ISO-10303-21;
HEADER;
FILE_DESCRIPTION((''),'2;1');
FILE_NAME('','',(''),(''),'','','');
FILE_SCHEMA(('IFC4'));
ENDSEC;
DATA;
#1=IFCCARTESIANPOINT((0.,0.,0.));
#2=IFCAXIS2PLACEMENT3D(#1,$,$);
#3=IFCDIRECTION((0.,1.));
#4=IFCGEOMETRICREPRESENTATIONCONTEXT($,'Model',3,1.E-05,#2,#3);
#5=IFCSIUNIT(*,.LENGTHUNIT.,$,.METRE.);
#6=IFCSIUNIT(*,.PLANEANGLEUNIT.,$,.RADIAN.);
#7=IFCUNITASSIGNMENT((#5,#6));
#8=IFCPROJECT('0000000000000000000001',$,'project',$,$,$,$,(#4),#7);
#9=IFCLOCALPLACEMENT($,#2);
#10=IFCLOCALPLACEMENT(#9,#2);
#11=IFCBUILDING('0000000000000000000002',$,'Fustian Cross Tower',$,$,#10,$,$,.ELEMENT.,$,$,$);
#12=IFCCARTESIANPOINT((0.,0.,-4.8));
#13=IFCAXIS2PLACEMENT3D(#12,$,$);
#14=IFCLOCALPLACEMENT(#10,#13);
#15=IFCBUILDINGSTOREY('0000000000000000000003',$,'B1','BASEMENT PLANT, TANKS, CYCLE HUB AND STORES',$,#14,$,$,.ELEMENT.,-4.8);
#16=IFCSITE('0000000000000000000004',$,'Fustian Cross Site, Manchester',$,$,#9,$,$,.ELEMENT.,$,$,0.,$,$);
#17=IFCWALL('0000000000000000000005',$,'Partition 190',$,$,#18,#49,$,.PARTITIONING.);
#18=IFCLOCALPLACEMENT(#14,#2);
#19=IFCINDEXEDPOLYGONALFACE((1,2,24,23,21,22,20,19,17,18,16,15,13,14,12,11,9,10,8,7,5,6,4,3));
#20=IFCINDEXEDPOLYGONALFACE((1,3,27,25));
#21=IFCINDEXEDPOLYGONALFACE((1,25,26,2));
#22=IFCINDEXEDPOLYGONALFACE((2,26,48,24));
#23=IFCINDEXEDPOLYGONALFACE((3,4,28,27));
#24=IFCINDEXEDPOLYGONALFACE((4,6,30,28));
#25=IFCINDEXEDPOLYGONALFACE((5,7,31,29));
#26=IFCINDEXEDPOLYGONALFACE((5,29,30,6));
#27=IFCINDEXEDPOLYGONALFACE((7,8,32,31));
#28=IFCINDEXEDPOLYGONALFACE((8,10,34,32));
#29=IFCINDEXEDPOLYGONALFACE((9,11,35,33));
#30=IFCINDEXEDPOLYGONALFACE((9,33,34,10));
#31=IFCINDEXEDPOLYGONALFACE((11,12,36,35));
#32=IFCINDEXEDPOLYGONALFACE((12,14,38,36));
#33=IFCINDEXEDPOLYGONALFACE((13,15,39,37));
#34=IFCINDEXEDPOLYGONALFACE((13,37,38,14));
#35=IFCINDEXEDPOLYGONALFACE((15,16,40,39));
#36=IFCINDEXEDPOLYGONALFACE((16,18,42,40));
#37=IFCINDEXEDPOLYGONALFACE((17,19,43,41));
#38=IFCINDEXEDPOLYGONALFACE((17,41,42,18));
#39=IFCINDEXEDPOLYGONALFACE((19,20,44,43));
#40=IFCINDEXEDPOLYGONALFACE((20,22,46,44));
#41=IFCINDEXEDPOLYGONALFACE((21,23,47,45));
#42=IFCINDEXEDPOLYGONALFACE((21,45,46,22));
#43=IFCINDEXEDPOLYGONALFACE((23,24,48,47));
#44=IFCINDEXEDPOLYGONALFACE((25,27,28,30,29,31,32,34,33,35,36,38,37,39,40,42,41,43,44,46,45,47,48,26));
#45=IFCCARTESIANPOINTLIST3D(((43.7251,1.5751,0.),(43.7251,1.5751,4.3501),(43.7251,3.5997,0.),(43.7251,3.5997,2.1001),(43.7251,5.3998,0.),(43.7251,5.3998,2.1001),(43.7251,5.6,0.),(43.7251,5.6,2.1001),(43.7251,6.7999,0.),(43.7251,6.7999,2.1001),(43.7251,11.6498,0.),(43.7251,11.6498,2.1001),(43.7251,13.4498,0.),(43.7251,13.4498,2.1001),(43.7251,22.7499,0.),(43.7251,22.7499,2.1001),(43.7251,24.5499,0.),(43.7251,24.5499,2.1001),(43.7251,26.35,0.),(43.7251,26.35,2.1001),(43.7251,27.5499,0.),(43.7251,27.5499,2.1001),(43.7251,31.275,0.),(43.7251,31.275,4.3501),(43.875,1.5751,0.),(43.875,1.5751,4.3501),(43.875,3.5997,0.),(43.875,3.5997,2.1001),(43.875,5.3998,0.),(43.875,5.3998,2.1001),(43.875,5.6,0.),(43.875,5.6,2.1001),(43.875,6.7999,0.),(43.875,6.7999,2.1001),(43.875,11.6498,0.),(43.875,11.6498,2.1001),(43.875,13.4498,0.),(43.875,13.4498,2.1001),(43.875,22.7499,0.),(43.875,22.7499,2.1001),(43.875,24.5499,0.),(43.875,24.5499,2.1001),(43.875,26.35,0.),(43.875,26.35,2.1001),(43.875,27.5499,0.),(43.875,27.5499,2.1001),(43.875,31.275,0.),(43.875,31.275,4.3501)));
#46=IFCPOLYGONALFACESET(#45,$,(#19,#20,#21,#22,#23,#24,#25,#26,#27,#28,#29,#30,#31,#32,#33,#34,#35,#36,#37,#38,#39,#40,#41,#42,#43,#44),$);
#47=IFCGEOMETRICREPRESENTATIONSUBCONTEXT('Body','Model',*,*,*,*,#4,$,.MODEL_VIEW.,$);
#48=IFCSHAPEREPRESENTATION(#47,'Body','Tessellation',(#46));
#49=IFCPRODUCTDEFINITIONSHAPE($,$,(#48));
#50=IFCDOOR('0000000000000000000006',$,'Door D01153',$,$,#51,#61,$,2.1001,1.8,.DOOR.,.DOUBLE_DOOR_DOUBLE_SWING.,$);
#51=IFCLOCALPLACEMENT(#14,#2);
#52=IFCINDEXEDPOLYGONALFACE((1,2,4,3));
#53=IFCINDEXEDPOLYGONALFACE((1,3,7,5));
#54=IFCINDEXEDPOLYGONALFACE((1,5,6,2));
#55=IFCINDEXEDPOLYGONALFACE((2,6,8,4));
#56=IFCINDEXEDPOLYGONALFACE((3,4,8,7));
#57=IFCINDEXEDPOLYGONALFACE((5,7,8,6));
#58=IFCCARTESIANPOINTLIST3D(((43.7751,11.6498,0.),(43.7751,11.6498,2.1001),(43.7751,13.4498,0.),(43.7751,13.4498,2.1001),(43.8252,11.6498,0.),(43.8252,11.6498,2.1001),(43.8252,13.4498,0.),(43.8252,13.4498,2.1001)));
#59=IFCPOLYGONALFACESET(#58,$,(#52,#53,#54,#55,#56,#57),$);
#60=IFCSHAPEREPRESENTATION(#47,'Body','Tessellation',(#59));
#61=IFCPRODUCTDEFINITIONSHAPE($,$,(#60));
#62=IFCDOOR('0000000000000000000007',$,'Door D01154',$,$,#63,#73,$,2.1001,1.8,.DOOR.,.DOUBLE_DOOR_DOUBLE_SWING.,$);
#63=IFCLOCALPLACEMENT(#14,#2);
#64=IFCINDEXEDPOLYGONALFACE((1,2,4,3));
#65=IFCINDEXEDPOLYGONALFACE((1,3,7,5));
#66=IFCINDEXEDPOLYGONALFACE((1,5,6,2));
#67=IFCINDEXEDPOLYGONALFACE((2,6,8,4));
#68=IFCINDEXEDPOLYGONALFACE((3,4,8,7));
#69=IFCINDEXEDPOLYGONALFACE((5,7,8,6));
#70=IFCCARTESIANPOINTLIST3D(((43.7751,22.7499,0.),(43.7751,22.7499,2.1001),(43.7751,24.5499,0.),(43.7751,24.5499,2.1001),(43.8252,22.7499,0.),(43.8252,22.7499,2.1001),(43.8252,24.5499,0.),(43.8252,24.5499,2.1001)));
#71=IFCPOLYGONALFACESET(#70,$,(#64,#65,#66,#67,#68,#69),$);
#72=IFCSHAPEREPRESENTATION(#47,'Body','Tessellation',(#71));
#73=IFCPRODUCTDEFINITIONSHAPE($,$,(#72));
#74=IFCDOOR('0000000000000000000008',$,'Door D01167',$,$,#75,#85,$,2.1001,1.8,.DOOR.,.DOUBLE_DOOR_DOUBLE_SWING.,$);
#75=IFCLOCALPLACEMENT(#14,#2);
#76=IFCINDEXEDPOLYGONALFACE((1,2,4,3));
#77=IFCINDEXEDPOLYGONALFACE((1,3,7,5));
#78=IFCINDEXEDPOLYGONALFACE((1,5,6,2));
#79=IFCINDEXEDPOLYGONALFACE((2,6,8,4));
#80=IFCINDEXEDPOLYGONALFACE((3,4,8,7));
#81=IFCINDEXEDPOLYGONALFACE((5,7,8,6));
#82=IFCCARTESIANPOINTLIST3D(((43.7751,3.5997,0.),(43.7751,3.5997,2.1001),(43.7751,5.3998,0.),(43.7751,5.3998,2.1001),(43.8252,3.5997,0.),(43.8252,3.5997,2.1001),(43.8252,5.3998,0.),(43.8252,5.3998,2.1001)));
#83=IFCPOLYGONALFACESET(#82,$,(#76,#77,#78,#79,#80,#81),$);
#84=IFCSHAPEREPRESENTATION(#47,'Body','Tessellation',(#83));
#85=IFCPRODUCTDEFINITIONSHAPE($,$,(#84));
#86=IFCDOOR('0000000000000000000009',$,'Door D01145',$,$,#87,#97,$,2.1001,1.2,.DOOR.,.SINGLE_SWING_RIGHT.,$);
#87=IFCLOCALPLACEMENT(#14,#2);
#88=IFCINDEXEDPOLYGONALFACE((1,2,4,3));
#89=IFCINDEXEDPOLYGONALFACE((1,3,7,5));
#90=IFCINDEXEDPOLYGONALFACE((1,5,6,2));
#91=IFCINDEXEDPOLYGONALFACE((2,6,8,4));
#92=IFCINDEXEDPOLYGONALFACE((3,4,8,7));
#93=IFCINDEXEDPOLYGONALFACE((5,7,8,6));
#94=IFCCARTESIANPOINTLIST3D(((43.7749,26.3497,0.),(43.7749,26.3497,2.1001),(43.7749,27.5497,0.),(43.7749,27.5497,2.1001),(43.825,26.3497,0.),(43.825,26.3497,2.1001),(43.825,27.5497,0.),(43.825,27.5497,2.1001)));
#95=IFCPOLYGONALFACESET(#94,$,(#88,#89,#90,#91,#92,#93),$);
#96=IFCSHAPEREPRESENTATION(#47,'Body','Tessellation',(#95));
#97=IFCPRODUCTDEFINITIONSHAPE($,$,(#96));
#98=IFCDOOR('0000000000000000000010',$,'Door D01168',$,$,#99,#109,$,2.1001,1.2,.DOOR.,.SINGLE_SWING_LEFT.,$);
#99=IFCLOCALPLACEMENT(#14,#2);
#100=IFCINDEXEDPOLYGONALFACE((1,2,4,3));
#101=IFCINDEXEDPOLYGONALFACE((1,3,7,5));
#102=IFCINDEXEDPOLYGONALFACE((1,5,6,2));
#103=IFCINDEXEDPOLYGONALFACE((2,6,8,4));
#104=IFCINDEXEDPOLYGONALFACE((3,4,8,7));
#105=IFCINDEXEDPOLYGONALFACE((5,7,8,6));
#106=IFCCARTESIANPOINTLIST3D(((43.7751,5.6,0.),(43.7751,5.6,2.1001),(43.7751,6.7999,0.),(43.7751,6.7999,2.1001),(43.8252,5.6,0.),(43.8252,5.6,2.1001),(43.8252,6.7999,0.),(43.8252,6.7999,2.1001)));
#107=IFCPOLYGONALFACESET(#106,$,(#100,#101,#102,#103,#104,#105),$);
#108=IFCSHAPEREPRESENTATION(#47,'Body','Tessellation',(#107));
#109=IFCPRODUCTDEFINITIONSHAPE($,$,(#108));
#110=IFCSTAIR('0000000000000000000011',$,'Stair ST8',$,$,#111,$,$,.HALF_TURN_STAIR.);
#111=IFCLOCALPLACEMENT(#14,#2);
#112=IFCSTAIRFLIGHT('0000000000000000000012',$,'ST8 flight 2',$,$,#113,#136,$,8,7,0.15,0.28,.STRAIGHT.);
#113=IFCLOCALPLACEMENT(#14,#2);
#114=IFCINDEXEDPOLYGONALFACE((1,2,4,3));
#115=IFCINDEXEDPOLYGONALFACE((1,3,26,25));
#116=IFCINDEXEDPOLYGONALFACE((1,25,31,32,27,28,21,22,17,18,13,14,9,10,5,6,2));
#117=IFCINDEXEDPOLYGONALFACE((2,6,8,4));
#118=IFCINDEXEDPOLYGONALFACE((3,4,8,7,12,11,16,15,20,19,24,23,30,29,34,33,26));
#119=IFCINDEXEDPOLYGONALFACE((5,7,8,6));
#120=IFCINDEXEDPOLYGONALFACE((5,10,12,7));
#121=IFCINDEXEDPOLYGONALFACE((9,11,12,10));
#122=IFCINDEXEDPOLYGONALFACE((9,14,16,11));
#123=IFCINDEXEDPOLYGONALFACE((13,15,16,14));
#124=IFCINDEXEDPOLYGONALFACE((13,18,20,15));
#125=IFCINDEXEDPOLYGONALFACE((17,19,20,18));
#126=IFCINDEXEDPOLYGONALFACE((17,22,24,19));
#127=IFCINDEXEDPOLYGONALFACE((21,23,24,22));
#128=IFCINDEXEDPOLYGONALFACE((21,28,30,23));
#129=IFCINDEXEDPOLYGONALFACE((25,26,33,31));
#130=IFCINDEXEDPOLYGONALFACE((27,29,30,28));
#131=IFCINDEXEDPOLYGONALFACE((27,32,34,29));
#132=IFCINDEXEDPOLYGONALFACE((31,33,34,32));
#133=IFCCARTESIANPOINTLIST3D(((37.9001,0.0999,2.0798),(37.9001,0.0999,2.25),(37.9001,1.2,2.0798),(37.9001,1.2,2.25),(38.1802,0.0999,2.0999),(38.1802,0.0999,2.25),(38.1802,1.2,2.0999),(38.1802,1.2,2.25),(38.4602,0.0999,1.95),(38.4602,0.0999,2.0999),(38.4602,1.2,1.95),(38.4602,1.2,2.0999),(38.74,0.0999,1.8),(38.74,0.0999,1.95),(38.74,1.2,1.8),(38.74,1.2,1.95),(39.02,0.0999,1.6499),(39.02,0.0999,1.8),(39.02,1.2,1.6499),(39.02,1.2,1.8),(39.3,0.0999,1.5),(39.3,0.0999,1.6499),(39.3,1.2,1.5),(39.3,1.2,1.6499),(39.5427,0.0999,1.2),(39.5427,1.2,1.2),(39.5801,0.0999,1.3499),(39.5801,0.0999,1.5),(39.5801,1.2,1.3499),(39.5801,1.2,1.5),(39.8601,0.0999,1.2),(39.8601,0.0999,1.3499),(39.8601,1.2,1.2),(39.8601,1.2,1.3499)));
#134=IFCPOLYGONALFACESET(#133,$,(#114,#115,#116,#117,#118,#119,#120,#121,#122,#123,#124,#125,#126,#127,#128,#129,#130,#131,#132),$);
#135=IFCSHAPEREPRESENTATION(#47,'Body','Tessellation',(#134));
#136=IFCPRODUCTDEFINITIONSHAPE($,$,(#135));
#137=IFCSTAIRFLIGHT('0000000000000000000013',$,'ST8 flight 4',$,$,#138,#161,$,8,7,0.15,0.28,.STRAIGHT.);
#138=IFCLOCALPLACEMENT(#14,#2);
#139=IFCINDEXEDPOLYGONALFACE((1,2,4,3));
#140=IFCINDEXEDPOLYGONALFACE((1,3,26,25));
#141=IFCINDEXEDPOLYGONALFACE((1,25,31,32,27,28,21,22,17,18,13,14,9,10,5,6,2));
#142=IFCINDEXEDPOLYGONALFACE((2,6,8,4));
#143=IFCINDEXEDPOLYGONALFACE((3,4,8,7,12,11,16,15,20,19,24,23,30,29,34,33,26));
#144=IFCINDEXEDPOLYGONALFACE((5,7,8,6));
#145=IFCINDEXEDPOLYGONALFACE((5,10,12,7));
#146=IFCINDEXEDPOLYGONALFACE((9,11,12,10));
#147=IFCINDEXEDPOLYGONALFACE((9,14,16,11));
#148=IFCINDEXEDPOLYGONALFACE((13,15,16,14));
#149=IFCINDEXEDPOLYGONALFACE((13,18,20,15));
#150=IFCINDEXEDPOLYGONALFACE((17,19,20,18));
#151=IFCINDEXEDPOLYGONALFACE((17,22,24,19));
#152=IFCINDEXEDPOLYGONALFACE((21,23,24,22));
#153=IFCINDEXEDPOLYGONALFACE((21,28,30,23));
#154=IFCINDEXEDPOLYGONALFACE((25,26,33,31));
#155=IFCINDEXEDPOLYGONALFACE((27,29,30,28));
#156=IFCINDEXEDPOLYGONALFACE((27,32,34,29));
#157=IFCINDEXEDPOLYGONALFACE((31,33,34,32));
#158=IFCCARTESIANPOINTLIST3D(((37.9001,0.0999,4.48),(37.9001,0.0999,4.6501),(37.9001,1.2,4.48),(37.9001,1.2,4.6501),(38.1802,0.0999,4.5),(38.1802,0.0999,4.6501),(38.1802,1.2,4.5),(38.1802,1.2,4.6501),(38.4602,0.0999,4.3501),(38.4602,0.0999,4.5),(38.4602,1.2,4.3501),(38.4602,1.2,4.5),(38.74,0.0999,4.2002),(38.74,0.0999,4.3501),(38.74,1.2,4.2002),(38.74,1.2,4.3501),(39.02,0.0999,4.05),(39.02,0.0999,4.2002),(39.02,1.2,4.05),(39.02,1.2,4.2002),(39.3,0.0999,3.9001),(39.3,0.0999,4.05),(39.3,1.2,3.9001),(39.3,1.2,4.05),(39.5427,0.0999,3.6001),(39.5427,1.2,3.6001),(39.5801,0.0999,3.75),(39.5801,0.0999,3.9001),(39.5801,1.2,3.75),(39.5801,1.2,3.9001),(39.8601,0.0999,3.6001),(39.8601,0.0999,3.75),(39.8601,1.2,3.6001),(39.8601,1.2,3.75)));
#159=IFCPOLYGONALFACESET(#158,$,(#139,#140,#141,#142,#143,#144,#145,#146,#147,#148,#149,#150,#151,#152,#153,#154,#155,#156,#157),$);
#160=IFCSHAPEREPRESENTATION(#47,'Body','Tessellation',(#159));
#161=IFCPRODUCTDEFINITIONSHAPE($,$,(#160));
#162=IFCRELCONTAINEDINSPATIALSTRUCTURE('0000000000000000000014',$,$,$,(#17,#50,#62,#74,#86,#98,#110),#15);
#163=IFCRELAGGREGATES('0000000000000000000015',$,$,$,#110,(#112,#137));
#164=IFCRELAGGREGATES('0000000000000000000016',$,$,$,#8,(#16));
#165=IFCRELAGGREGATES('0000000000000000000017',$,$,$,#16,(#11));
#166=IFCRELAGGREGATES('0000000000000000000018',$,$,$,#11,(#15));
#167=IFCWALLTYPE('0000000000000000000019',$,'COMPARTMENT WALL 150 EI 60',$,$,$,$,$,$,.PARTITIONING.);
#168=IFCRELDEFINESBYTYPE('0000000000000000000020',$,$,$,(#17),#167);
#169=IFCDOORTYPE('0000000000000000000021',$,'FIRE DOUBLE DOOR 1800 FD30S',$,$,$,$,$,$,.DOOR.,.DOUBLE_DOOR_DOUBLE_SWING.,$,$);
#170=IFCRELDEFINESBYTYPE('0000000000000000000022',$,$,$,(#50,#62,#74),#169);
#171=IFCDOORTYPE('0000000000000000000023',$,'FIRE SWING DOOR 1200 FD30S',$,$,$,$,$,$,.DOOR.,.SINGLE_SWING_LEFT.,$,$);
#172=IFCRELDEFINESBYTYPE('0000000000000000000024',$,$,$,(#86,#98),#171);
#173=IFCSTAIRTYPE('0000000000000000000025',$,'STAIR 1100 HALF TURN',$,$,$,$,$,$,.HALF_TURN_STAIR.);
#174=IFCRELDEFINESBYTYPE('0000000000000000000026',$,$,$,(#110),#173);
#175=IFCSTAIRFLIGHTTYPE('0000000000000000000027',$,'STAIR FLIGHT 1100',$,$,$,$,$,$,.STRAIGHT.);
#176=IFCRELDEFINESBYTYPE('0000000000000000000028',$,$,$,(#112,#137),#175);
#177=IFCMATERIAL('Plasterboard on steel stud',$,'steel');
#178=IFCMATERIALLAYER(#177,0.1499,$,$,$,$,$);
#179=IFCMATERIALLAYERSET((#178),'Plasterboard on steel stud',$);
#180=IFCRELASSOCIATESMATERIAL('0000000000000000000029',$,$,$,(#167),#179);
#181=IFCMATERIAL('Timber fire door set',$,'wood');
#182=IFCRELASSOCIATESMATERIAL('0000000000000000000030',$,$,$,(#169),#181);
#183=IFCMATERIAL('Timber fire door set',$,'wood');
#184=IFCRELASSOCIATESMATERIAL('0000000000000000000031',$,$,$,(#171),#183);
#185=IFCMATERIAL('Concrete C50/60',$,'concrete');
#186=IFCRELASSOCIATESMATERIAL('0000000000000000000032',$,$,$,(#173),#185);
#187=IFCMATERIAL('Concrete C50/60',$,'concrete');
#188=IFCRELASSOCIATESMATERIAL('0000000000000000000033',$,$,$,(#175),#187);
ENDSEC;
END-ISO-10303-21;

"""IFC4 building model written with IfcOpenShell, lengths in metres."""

from ifc_helpers import new_model, si_unit, direction, frame, frame_2d, origin, place, context, subcontext, project, spatial, polyline, rectangle, outline, extrude, material, layer, layer_set, type_object, element, fill, aggregate, save


model = new_model("IFC4")

# Units and contexts
model_context = context("Model", 3, precision=1e-05, world=origin(), true_north=direction((0.0, 1.0)))
body_context = subcontext(model_context, "Body", "Model", "MODEL_VIEW")
ifc_project = project(units=[si_unit("LENGTHUNIT", "METRE"), si_unit("PLANEANGLEUNIT", "RADIAN")], contexts=[model_context])

# Site, building, storey
site_placement = place(None, origin())
site = spatial("IfcSite", under=ifc_project, at=site_placement, Name="Fustian Cross Site, Manchester", CompositionType="ELEMENT", RefElevation=0.0)
building_placement = place(site_placement, origin())
building = spatial("IfcBuilding", under=site, at=building_placement, Name="Fustian Cross Tower", CompositionType="ELEMENT")
storey_placement = place(building_placement, frame((0.0, 0.0, -4.8)))
storey = spatial("IfcBuildingStorey", under=building, at=storey_placement, Name="B1", Description="BASEMENT PLANT, TANKS, CYCLE HUB AND STORES", CompositionType="ELEMENT", Elevation=-4.8)

# Shared definitions
ifc_material_1 = material(Name="Plasterboard on steel stud", Category="steel")
ifc_layer = layer(ifc_material_1, 0.1499)
ifc_layer_set = layer_set([ifc_layer], Name="Plasterboard on steel stud")
wall_type = type_object("IfcWallType", Name="COMPARTMENT WALL 150 EI 60", PredefinedType="PARTITIONING", material=ifc_layer_set)
ifc_material_2 = material(Name="Timber fire door set", Category="wood")
door_type_1 = type_object("IfcDoorType", Name="FIRE DOUBLE DOOR 1800 FD30S", OperationType="DOUBLE_DOOR_DOUBLE_SWING", PredefinedType="DOOR", material=ifc_material_2)

# Wall, openings, doors
wall_1_placement = place(storey_placement, frame((43.8, 1.575, 0.0), z_axis=(0.0, 0.0, 1.0), x_axis=(0.0, 1.0, 0.0)))
wall_1 = element("IfcWall", 1, at=wall_1_placement, inside=storey, type_object=wall_type, Name="Partition 190", PredefinedType="PARTITIONING", context=body_context, shape_type="SweptSolid", body=[
    extrude(rectangle(XDim=29.7, YDim=0.1499, at=frame_2d((14.8501, 0.0))), origin(), (0.0, 0.0, 1.0), 4.3501),
])
opening_1_placement = place(wall_1_placement, frame((24.7749, 0.0, 0.0)))
opening_1 = element("IfcOpeningElement", 2, at=opening_1_placement, cuts=wall_1, PredefinedType="OPENING", context=body_context, shape_type="SweptSolid", body=[
    extrude(rectangle(XDim=1.2, YDim=2.1001, at=frame_2d((0.6001, 1.05))), frame((0.0, 0.085, 0.0), z_axis=(0.0, -1.0, 0.0), x_axis=(1.0, 0.0, 0.0)), (0.0, 0.0, 1.0), 0.1699),
])
opening_2_placement = place(wall_1_placement, frame((10.075, 0.0, 0.0)))
opening_2 = element("IfcOpeningElement", 3, at=opening_2_placement, cuts=wall_1, PredefinedType="OPENING", context=body_context, shape_type="SweptSolid", body=[
    extrude(rectangle(XDim=1.8, YDim=2.1001, at=frame_2d((0.8999, 1.05))), frame((0.0, 0.085, 0.0), z_axis=(0.0, -1.0, 0.0), x_axis=(1.0, 0.0, 0.0)), (0.0, 0.0, 1.0), 0.1699),
])
opening_3_placement = place(wall_1_placement, frame((21.175, 0.0, 0.0)))
opening_3 = element("IfcOpeningElement", 4, at=opening_3_placement, cuts=wall_1, PredefinedType="OPENING", context=body_context, shape_type="SweptSolid", body=[
    extrude(rectangle(XDim=1.8, YDim=2.1001, at=frame_2d((0.8999, 1.05))), frame((0.0, 0.085, 0.0), z_axis=(0.0, -1.0, 0.0), x_axis=(1.0, 0.0, 0.0)), (0.0, 0.0, 1.0), 0.1699),
])
opening_4_placement = place(wall_1_placement, frame((2.0249, 0.0, 0.0)))
opening_4 = element("IfcOpeningElement", 5, at=opening_4_placement, cuts=wall_1, PredefinedType="OPENING", context=body_context, shape_type="SweptSolid", body=[
    extrude(rectangle(XDim=1.8, YDim=2.1001, at=frame_2d((0.8999, 1.05))), frame((0.0, 0.085, 0.0), z_axis=(0.0, -1.0, 0.0), x_axis=(1.0, 0.0, 0.0)), (0.0, 0.0, 1.0), 0.1699),
])
opening_5_placement = place(wall_1_placement, frame((4.0249, 0.0, 0.0)))
opening_5 = element("IfcOpeningElement", 6, at=opening_5_placement, cuts=wall_1, PredefinedType="OPENING", context=body_context, shape_type="SweptSolid", body=[
    extrude(rectangle(XDim=1.2, YDim=2.1001, at=frame_2d((0.6001, 1.05))), frame((0.0, 0.085, 0.0), z_axis=(0.0, -1.0, 0.0), x_axis=(1.0, 0.0, 0.0)), (0.0, 0.0, 1.0), 0.1699),
])
door_1_placement = place(opening_2_placement, origin())
door_1 = element("IfcDoor", 7, at=door_1_placement, inside=storey, type_object=door_type_1, Name="Door D01153", OperationType="DOUBLE_DOOR_DOUBLE_SWING", OverallHeight=2.1001, OverallWidth=1.8, PredefinedType="DOOR", context=body_context, shape_type="SweptSolid", body=[
    extrude(rectangle(XDim=1.8, YDim=2.1001, at=frame_2d((0.8999, 1.05))), frame((0.0, 0.0249, 0.0), z_axis=(0.0, -1.0, 0.0), x_axis=(1.0, 0.0, 0.0)), (0.0, 0.0, 1.0), 0.05),
])
fill(opening_2, door_1)
door_2_placement = place(opening_3_placement, origin())
door_2 = element("IfcDoor", 8, at=door_2_placement, inside=storey, type_object=door_type_1, Name="Door D01154", OperationType="DOUBLE_DOOR_DOUBLE_SWING", OverallHeight=2.1001, OverallWidth=1.8, PredefinedType="DOOR", context=body_context, shape_type="SweptSolid", body=[
    extrude(rectangle(XDim=1.8, YDim=2.1001, at=frame_2d((0.8999, 1.05))), frame((0.0, 0.0249, 0.0), z_axis=(0.0, -1.0, 0.0), x_axis=(1.0, 0.0, 0.0)), (0.0, 0.0, 1.0), 0.05),
])
fill(opening_3, door_2)
door_3_placement = place(opening_4_placement, origin())
door_3 = element("IfcDoor", 9, at=door_3_placement, inside=storey, type_object=door_type_1, Name="Door D01167", OperationType="DOUBLE_DOOR_DOUBLE_SWING", OverallHeight=2.1001, OverallWidth=1.8, PredefinedType="DOOR", context=body_context, shape_type="SweptSolid", body=[
    extrude(rectangle(XDim=1.8, YDim=2.1001, at=frame_2d((0.8999, 1.05))), frame((0.0, 0.0249, 0.0), z_axis=(0.0, -1.0, 0.0), x_axis=(1.0, 0.0, 0.0)), (0.0, 0.0, 1.0), 0.05),
])
fill(opening_4, door_3)
ifc_material_3 = material(Name="Timber fire door set", Category="wood")
door_type_2 = type_object("IfcDoorType", Name="FIRE SWING DOOR 1200 FD30S", OperationType="SINGLE_SWING_LEFT", PredefinedType="DOOR", material=ifc_material_3)
door_4_placement = place(opening_1_placement, frame((1.2, 0.0, 0.0), z_axis=(0.0, 0.0, 1.0), x_axis=(-1.0, 0.0, 0.0)))
door_4 = element("IfcDoor", 10, at=door_4_placement, inside=storey, type_object=door_type_2, Name="Door D01145", OperationType="SINGLE_SWING_RIGHT", OverallHeight=2.1001, OverallWidth=1.2, PredefinedType="DOOR", context=body_context, shape_type="SweptSolid", body=[
    extrude(rectangle(XDim=1.2, YDim=2.1001, at=frame_2d((0.6001, 1.05))), frame((0.0, 0.0249, 0.0), z_axis=(0.0, -1.0, 0.0), x_axis=(1.0, 0.0, 0.0)), (0.0, 0.0, 1.0), 0.05),
])
fill(opening_1, door_4)
door_5_placement = place(opening_5_placement, origin())
door_5 = element("IfcDoor", 11, at=door_5_placement, inside=storey, type_object=door_type_2, Name="Door D01168", OperationType="SINGLE_SWING_LEFT", OverallHeight=2.1001, OverallWidth=1.2, PredefinedType="DOOR", context=body_context, shape_type="SweptSolid", body=[
    extrude(rectangle(XDim=1.2, YDim=2.1001, at=frame_2d((0.6001, 1.05))), frame((0.0, 0.0249, 0.0), z_axis=(0.0, -1.0, 0.0), x_axis=(1.0, 0.0, 0.0)), (0.0, 0.0, 1.0), 0.05),
])
fill(opening_5, door_5)

# Stair, stair flights
ifc_material_4 = material(Name="Concrete C50/60", Category="concrete")
stair_type = type_object("IfcStairType", Name="STAIR 1100 HALF TURN", PredefinedType="HALF_TURN_STAIR", material=ifc_material_4)
stair_placement = place(storey_placement, origin())
stair = element("IfcStair", 12, at=stair_placement, inside=storey, type_object=stair_type, Name="Stair ST8", PredefinedType="HALF_TURN_STAIR")
ifc_material_5 = material(Name="Concrete C50/60", Category="concrete")
stair_flight_type = type_object("IfcStairFlightType", Name="STAIR FLIGHT 1100", PredefinedType="STRAIGHT", material=ifc_material_5)
stair_flight_1_placement = place(storey_placement, frame((39.8601, 0.6499, 1.2), z_axis=(0.0, 0.0, 1.0), x_axis=(-1.0, 0.0, 0.0)))
stair_flight_1 = element("IfcStairFlight", 13, at=stair_flight_1_placement, type_object=stair_flight_type, Name="ST8 flight 2", NumberOfRisers=8, NumberOfTreads=7, PredefinedType="STRAIGHT", RiserHeight=0.15, TreadLength=0.28, context=body_context, shape_type="SweptSolid", body=[
    extrude(outline(polyline([(0.0, 0.0), (0.0, 0.1499), (0.28, 0.1499), (0.28, 0.3), (0.5601, 0.3), (0.5601, 0.45), (0.8401, 0.45), (0.8401, 0.6001), (1.1201, 0.6001), (1.1201, 0.75), (1.3999, 0.75), (1.3999, 0.8999), (1.6799, 0.8999), (1.6799, 1.05), (1.96, 1.05), (1.96, 1.2), (1.96, 0.8799), (0.3174, 0.0), (0.0, 0.0)])), frame((0.0, 0.55, 0.0), z_axis=(0.0, -1.0, 0.0), x_axis=(1.0, 0.0, 0.0)), (0.0, 0.0, 1.0), 1.1001),
])
stair_flight_2_placement = place(storey_placement, frame((39.8601, 0.6499, 3.6001), z_axis=(0.0, 0.0, 1.0), x_axis=(-1.0, 0.0, 0.0)))
stair_flight_2 = element("IfcStairFlight", 14, at=stair_flight_2_placement, type_object=stair_flight_type, Name="ST8 flight 4", NumberOfRisers=8, NumberOfTreads=7, PredefinedType="STRAIGHT", RiserHeight=0.15, TreadLength=0.28, context=body_context, shape_type="SweptSolid", body=[
    extrude(outline(polyline([(0.0, 0.0), (0.0, 0.1499), (0.28, 0.1499), (0.28, 0.3), (0.5601, 0.3), (0.5601, 0.45), (0.8401, 0.45), (0.8401, 0.6001), (1.1201, 0.6001), (1.1201, 0.75), (1.3999, 0.75), (1.3999, 0.8999), (1.6799, 0.8999), (1.6799, 1.05), (1.96, 1.05), (1.96, 1.2), (1.96, 0.8799), (0.3174, 0.0), (0.0, 0.0)])), frame((0.0, 0.55, 0.0), z_axis=(0.0, -1.0, 0.0), x_axis=(1.0, 0.0, 0.0)), (0.0, 0.0, 1.0), 1.1001),
])
aggregate(stair, [stair_flight_1, stair_flight_2])

save(model, "model.ifc")
